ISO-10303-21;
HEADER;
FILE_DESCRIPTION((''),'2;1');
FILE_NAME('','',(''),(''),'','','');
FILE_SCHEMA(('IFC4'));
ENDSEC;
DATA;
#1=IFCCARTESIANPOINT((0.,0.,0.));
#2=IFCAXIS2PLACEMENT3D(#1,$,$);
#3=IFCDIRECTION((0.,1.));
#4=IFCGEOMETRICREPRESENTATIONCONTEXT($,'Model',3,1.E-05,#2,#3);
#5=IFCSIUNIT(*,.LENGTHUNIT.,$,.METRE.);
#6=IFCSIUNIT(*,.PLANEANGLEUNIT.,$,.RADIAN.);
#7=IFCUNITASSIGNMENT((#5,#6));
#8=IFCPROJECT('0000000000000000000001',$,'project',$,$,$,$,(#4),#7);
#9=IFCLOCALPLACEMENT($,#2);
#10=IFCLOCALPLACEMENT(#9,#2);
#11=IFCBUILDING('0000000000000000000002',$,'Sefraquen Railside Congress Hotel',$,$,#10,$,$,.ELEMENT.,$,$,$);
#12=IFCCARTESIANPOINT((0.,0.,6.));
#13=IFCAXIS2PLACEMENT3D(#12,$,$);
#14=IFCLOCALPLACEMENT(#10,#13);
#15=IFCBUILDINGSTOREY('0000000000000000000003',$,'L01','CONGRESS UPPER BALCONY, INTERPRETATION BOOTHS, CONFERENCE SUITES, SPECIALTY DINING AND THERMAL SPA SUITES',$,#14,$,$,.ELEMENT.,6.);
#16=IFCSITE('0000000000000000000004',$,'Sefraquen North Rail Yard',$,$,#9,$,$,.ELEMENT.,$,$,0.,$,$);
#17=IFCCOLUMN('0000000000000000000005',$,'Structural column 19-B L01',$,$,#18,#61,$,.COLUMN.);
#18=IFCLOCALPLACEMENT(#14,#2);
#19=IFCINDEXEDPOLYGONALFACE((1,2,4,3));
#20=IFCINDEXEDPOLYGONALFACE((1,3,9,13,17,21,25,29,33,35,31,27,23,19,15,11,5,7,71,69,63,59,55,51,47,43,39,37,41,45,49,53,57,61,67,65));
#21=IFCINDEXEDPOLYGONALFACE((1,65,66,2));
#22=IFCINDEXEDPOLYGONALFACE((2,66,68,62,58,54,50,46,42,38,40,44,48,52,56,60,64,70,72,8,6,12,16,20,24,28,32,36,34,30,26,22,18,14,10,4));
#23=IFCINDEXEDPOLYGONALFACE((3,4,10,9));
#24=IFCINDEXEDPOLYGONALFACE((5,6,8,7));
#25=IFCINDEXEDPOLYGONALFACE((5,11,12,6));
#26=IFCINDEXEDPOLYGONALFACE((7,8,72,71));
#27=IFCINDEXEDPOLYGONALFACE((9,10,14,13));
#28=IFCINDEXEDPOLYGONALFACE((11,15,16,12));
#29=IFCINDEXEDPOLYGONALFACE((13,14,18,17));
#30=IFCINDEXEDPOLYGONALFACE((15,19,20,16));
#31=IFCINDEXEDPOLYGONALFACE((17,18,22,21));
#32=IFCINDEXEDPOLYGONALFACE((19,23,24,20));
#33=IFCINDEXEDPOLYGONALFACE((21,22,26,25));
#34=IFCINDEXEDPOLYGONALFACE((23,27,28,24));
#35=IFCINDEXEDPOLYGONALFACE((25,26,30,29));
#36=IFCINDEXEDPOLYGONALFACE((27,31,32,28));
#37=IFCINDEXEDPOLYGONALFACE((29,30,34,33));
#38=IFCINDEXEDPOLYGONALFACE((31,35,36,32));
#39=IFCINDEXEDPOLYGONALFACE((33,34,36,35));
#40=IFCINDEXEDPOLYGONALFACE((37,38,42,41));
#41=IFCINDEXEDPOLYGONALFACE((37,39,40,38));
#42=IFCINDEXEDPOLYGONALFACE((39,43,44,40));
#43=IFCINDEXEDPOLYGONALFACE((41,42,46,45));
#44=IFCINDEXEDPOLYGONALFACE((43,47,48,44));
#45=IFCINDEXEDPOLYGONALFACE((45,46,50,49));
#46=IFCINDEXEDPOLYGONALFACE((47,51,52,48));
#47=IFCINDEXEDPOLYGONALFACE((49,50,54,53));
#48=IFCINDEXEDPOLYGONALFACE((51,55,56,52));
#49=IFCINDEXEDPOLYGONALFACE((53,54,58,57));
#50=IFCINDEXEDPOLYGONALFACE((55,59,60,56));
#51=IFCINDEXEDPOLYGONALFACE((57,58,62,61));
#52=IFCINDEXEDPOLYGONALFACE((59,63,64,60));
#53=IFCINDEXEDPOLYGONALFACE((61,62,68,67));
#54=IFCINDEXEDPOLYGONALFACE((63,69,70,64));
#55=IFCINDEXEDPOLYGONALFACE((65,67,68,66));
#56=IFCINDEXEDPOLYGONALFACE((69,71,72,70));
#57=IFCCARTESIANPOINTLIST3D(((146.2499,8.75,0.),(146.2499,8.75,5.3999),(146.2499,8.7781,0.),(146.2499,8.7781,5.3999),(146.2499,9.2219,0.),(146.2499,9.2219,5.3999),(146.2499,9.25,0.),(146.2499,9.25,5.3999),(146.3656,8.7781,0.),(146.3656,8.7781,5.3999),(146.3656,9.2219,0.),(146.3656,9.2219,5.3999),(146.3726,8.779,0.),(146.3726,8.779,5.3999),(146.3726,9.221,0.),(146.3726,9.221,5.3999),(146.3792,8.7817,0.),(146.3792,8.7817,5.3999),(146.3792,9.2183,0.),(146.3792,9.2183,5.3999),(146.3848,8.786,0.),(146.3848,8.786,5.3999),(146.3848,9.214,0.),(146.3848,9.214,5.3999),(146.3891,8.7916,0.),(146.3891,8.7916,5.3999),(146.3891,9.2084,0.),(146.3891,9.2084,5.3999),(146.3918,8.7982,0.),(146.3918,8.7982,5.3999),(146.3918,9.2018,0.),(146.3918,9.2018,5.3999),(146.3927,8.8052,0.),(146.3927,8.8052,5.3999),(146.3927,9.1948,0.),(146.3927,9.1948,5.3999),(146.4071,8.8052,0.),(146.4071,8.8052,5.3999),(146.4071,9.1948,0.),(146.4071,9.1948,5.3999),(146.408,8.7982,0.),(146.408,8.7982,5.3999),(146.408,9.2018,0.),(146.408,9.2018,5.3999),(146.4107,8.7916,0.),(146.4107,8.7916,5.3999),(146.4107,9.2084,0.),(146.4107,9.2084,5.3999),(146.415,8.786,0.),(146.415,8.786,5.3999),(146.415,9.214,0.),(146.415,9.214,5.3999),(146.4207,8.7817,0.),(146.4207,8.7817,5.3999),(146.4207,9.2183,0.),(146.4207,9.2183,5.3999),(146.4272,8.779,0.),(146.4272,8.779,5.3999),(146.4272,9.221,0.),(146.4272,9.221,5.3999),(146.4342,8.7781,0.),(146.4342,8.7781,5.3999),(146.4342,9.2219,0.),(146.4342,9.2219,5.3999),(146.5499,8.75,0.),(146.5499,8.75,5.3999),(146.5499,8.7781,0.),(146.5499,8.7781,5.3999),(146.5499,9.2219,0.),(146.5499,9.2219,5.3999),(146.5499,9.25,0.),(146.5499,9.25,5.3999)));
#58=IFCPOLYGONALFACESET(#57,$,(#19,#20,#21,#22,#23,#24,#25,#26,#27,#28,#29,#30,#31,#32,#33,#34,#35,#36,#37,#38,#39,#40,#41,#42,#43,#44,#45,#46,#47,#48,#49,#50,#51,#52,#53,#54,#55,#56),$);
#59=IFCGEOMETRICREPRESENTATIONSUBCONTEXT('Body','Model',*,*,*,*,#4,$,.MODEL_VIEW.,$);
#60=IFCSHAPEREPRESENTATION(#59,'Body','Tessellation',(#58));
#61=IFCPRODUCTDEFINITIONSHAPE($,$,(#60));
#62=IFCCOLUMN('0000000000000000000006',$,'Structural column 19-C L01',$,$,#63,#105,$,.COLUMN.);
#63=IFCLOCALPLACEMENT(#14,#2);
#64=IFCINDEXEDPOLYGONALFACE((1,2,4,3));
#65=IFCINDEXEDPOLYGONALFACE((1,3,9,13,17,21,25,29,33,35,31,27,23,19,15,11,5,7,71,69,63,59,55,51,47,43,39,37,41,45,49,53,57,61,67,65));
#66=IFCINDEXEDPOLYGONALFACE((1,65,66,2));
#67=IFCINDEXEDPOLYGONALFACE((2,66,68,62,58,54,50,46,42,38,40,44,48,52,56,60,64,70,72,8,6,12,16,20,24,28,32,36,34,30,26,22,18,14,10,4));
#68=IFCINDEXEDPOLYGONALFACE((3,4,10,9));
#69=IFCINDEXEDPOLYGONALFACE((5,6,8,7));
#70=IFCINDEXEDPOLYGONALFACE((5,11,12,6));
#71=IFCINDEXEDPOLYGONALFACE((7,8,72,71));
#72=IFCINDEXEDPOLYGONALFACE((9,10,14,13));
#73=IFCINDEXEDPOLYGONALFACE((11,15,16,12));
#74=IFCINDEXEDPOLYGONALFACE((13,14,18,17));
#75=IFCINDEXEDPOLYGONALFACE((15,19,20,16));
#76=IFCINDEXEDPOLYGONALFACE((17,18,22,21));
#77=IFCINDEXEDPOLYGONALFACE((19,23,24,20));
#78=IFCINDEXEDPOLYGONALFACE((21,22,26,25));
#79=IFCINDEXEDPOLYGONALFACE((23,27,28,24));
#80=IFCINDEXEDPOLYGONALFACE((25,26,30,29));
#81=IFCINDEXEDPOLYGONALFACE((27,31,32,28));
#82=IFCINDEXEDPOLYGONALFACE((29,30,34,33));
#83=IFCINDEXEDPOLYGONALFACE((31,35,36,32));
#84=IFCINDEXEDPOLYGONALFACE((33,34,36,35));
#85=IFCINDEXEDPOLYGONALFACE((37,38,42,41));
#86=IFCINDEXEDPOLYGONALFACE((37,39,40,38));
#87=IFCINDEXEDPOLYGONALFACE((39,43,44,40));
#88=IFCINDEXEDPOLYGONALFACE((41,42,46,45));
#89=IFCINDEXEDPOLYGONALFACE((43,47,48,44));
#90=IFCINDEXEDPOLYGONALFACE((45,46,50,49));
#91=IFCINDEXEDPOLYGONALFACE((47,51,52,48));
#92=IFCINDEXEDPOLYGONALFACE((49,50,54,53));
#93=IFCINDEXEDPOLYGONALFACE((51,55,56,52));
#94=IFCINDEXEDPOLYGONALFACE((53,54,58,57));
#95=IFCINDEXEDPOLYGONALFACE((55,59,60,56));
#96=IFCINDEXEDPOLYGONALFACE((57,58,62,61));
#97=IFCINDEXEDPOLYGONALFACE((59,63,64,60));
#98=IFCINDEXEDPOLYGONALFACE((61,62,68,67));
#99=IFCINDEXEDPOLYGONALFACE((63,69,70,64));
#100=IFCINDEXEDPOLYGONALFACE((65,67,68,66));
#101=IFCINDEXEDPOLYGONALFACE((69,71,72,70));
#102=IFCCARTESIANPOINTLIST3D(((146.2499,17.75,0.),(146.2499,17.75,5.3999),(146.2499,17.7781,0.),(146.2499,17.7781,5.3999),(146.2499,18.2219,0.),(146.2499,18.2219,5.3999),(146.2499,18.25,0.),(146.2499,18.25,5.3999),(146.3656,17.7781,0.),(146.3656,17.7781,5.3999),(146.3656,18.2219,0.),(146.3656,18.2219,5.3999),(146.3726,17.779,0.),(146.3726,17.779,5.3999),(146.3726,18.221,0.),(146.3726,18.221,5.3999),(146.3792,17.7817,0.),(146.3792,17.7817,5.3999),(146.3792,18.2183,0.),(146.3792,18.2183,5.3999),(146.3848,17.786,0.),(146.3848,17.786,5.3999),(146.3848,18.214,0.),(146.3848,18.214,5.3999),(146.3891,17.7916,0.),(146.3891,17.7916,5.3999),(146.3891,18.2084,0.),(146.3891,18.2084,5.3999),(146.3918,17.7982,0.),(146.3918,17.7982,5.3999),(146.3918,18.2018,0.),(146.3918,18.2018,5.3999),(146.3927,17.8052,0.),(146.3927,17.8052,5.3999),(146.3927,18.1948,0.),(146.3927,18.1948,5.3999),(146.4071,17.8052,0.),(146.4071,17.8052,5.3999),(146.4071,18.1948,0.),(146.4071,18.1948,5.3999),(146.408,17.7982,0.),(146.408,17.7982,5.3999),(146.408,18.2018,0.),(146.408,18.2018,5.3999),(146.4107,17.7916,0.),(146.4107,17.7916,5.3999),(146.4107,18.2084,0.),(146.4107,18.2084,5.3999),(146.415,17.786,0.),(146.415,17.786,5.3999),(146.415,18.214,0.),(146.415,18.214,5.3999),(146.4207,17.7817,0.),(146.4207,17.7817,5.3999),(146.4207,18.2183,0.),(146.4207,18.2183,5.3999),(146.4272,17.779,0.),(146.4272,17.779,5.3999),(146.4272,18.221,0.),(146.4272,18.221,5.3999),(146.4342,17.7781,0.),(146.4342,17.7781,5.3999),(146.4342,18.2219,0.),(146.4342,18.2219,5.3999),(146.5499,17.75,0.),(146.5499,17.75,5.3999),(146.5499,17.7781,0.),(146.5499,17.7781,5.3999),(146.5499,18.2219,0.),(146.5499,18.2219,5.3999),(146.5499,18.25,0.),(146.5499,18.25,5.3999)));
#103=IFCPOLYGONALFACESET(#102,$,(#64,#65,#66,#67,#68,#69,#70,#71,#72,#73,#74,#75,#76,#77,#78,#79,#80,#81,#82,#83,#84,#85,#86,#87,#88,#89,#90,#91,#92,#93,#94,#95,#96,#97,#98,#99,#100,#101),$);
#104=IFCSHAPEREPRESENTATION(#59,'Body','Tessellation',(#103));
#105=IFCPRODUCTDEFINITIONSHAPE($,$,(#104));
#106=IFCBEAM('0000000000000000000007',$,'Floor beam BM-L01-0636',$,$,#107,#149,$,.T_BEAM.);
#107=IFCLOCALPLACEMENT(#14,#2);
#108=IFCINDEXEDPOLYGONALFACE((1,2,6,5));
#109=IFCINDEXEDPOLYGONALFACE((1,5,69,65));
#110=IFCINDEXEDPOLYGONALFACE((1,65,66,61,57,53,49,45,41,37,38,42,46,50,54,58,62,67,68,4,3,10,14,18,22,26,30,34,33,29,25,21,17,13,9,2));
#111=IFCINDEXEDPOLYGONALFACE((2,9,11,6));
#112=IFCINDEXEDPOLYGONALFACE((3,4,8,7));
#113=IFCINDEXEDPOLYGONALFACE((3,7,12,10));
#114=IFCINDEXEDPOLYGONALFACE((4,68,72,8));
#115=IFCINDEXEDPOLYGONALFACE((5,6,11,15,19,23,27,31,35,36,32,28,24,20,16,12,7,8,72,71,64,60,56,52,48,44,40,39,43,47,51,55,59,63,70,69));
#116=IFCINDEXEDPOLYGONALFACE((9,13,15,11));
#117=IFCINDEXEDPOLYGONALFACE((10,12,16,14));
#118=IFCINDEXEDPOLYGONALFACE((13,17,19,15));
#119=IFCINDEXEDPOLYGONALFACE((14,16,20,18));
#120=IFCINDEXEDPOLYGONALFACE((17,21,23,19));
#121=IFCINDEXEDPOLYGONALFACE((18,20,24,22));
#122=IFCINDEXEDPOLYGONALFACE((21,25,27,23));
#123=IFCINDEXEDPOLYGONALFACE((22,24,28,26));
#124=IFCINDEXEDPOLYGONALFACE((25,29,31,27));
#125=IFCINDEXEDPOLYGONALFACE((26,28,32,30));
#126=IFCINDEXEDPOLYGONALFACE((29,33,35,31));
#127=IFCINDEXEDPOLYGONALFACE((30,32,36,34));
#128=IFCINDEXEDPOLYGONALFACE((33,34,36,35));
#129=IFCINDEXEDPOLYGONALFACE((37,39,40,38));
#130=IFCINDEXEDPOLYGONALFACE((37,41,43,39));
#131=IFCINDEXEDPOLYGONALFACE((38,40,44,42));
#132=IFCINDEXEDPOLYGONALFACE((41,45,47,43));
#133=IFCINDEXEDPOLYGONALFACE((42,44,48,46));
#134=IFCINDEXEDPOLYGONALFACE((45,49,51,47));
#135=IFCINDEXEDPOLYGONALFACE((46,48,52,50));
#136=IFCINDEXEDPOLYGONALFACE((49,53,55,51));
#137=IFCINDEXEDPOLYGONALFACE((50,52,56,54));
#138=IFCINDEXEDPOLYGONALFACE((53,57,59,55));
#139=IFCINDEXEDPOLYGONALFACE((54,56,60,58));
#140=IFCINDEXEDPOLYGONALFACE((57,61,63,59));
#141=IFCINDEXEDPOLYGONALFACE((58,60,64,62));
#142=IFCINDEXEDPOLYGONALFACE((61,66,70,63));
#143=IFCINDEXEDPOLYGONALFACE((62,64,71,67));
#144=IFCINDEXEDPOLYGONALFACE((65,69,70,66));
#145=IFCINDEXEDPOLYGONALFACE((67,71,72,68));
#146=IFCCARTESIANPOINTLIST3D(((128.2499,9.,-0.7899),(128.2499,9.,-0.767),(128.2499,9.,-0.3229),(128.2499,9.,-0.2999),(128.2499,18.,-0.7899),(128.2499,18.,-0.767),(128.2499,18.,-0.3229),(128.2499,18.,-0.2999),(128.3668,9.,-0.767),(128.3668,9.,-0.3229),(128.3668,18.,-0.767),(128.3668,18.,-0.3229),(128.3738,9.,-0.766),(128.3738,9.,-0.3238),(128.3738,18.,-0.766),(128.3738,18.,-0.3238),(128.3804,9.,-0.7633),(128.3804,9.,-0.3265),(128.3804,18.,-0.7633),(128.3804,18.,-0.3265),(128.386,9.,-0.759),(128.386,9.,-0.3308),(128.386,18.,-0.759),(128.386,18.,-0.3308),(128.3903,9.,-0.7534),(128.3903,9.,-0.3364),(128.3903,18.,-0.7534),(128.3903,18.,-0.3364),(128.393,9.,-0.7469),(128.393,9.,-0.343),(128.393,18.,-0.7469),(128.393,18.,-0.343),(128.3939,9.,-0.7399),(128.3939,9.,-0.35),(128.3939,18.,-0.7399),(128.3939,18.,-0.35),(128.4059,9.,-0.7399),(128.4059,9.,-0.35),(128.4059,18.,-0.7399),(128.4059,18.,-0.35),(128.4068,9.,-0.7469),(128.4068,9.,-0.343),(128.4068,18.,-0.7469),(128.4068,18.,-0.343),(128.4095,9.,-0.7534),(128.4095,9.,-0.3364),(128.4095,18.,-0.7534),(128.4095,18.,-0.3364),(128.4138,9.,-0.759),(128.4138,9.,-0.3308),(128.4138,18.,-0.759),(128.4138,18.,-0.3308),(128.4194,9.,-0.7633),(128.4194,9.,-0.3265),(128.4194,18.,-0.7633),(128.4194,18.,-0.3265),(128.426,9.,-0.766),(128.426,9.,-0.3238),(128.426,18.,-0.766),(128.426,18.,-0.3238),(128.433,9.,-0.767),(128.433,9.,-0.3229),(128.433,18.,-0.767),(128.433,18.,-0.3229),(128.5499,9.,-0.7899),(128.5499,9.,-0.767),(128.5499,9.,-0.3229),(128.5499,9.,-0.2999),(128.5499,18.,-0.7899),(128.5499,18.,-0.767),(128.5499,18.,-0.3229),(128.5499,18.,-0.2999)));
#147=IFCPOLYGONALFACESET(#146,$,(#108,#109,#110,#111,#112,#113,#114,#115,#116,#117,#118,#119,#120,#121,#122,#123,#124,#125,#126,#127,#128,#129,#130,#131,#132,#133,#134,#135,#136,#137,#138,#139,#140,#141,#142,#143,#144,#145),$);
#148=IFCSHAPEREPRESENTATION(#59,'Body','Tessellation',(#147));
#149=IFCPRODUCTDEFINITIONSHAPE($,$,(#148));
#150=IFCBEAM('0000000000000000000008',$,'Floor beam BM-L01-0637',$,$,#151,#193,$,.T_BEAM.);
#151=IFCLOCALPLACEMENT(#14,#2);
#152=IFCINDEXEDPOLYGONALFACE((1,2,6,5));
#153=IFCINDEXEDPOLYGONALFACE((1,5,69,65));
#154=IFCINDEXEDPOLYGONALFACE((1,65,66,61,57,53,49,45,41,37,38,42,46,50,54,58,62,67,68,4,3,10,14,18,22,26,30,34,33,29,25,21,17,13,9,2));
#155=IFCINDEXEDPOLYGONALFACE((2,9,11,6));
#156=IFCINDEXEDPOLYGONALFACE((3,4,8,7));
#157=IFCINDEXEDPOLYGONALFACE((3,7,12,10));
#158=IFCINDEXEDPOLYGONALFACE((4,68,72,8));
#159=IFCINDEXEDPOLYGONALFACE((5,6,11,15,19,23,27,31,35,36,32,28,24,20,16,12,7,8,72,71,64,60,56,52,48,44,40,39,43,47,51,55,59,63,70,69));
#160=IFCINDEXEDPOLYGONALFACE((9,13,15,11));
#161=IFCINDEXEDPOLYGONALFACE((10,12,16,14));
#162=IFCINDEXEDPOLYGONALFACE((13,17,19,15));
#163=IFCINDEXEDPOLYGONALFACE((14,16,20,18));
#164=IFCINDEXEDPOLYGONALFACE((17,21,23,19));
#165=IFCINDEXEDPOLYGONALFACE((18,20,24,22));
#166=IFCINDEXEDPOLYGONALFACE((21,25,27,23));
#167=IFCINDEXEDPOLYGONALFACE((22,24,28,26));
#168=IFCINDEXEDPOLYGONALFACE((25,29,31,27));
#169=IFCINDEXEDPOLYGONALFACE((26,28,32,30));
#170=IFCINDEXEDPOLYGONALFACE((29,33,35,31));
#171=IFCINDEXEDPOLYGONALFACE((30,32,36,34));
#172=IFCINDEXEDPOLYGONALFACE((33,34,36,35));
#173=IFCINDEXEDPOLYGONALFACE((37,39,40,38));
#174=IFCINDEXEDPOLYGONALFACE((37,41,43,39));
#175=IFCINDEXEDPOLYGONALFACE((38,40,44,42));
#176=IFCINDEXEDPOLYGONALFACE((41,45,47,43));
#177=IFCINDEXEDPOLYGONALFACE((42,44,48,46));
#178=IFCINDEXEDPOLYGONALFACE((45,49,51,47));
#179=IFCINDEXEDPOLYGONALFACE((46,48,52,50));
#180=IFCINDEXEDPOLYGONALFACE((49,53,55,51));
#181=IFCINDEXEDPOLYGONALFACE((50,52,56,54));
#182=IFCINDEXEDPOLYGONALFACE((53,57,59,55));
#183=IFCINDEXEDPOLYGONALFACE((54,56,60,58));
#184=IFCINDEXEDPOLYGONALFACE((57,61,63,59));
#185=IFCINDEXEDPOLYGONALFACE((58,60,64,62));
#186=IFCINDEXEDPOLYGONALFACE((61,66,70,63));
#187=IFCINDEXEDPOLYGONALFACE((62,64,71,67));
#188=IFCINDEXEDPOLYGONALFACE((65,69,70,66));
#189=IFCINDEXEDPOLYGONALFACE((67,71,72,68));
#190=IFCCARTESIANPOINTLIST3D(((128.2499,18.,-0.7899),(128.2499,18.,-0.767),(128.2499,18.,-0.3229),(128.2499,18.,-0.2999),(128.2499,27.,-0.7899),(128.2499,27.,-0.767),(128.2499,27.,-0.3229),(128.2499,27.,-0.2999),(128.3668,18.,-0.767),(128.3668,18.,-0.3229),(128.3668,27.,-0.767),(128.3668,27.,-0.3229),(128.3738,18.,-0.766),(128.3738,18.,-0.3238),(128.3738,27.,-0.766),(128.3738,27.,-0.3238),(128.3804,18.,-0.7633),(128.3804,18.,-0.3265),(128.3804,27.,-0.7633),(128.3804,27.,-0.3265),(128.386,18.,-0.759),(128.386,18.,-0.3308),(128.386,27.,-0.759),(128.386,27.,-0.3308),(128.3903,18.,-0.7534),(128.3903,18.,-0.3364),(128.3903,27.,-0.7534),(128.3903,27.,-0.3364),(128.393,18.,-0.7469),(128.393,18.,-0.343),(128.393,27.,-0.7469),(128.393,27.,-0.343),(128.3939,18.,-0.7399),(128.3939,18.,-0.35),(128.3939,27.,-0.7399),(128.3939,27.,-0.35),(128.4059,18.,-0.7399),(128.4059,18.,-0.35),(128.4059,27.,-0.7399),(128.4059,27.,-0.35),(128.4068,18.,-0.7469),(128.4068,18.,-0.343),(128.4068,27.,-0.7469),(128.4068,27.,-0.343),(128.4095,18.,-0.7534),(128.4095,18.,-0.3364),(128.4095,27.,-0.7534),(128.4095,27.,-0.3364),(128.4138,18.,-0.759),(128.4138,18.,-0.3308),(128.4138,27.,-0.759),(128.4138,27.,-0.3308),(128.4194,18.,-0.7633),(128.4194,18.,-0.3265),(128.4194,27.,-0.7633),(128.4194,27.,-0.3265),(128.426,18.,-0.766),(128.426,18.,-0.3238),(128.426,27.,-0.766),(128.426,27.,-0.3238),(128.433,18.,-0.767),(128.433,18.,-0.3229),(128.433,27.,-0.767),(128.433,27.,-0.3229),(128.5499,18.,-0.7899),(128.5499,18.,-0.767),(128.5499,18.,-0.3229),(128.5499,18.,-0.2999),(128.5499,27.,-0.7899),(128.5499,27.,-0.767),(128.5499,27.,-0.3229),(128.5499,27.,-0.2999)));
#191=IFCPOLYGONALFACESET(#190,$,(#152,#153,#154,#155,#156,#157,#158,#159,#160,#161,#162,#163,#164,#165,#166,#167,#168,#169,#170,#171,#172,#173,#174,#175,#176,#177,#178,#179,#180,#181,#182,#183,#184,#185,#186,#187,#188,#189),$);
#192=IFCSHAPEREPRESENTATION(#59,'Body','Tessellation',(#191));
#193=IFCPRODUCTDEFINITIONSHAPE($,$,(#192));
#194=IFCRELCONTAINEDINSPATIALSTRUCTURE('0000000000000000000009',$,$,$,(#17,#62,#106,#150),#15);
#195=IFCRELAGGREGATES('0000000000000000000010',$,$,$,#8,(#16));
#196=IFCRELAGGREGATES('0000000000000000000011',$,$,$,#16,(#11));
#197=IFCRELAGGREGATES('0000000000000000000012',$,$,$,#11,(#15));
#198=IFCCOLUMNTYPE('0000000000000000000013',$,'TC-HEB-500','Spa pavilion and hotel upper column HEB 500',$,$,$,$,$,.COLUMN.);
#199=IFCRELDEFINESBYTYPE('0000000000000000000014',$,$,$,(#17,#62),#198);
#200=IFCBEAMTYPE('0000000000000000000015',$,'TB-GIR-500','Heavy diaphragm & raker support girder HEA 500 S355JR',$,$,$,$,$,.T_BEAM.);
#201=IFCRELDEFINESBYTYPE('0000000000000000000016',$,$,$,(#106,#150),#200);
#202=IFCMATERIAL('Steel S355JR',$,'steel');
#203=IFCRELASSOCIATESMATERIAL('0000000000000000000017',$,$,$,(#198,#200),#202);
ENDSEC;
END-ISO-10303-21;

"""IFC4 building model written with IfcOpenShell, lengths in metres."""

from ifc_helpers import new_model, si_unit, direction, frame, origin, origin_2d, place, context, subcontext, project, spatial, i_section, extrude, material, material_profile, profile_set, type_object, element, save


model = new_model("IFC4")

# Units and contexts
model_context = context("Model", 3, precision=1e-05, world=origin(), true_north=direction((0.0, 1.0)))
body_context = subcontext(model_context, "Body", "Model", "MODEL_VIEW")
ifc_project = project(units=[si_unit("LENGTHUNIT", "METRE"), si_unit("PLANEANGLEUNIT", "RADIAN")], contexts=[model_context])

# Site, building, storey
site_placement = place(None, origin())
site = spatial("IfcSite", under=ifc_project, at=site_placement, Name="Sefraquen North Rail Yard", CompositionType="ELEMENT", RefElevation=0.0)
building_placement = place(site_placement, origin())
building = spatial("IfcBuilding", under=site, at=building_placement, Name="Sefraquen Railside Congress Hotel", CompositionType="ELEMENT")
storey_placement = place(building_placement, frame((0.0, 0.0, 6.0)))
storey = spatial("IfcBuildingStorey", under=building, at=storey_placement, Name="L01", Description="CONGRESS UPPER BALCONY, INTERPRETATION BOOTHS, CONFERENCE SUITES, SPECIALTY DINING AND THERMAL SPA SUITES", CompositionType="ELEMENT", Elevation=6.0)

# Columns
ifc_material_1 = material(Name="Steel S355JR", Category="steel")
ifc_material_profile_1 = material_profile(ifc_material_1, i_section(OverallWidth=0.3, OverallDepth=0.5, WebThickness=0.0144, FlangeThickness=0.0281, FilletRadius=0.0271, at=origin_2d()), Name="HEB 500")
ifc_profile_set_1 = profile_set([ifc_material_profile_1], Name="Steel S355JR")
column_type = type_object("IfcColumnType", Name="TC-HEB-500", Description="Spa pavilion and hotel upper column HEB 500", PredefinedType="COLUMN", material=ifc_profile_set_1)
for number, where, z_axis, x_axis, name in (
    (1, (146.3999, 9.0, 0.0), (0.0, 0.0, 1.0), (1.0, 0.0, 0.0), "Structural column 19-B L01"),
    (2, (146.3999, 18.0, 0.0), (0.0, 0.0, 1.0), (1.0, 0.0, 0.0), "Structural column 19-C L01"),
):
    element("IfcColumn", number, at=place(storey_placement, frame(where, z_axis=z_axis, x_axis=x_axis)), inside=storey, type_object=column_type, Name=name, PredefinedType="COLUMN", context=body_context, shape_type="SweptSolid", body=[
        extrude(i_section(OverallWidth=0.3, OverallDepth=0.5, WebThickness=0.0144, FlangeThickness=0.0281, FilletRadius=0.0271, at=origin_2d()), origin(), (0.0, 0.0, 1.0), 5.3999),
    ])

# Beams
ifc_material_profile_2 = material_profile(ifc_material_1, i_section(OverallWidth=0.3, OverallDepth=0.49, WebThickness=0.012, FlangeThickness=0.0229, FilletRadius=0.0271, at=origin_2d()), Name="HEA 500")
ifc_profile_set_2 = profile_set([ifc_material_profile_2], Name="Steel S355JR")
beam_type_1 = type_object("IfcBeamType", Name="TB-GIR-500", Description="Heavy diaphragm & raker support girder HEA 500 S355JR", PredefinedType="T_BEAM", material=ifc_profile_set_2)
for number, where, z_axis, x_axis, name in (
    (3, (128.3999, 9.0, -0.5449), (0.0, 1.0, 0.0), (-1.0, 0.0, 0.0), "Floor beam BM-L01-0636"),
    (4, (128.3999, 18.0, -0.5449), (0.0, 1.0, 0.0), (-1.0, 0.0, 0.0), "Floor beam BM-L01-0637"),
):
    element("IfcBeam", number, at=place(storey_placement, frame(where, z_axis=z_axis, x_axis=x_axis)), inside=storey, type_object=beam_type_1, Name=name, PredefinedType="T_BEAM", context=body_context, shape_type="SweptSolid", body=[
        extrude(i_section(OverallWidth=0.3, OverallDepth=0.49, WebThickness=0.012, FlangeThickness=0.0229, FilletRadius=0.0271, at=origin_2d()), origin(), (0.0, 0.0, 1.0), 9.0),
    ])

save(model, "model.ifc")
